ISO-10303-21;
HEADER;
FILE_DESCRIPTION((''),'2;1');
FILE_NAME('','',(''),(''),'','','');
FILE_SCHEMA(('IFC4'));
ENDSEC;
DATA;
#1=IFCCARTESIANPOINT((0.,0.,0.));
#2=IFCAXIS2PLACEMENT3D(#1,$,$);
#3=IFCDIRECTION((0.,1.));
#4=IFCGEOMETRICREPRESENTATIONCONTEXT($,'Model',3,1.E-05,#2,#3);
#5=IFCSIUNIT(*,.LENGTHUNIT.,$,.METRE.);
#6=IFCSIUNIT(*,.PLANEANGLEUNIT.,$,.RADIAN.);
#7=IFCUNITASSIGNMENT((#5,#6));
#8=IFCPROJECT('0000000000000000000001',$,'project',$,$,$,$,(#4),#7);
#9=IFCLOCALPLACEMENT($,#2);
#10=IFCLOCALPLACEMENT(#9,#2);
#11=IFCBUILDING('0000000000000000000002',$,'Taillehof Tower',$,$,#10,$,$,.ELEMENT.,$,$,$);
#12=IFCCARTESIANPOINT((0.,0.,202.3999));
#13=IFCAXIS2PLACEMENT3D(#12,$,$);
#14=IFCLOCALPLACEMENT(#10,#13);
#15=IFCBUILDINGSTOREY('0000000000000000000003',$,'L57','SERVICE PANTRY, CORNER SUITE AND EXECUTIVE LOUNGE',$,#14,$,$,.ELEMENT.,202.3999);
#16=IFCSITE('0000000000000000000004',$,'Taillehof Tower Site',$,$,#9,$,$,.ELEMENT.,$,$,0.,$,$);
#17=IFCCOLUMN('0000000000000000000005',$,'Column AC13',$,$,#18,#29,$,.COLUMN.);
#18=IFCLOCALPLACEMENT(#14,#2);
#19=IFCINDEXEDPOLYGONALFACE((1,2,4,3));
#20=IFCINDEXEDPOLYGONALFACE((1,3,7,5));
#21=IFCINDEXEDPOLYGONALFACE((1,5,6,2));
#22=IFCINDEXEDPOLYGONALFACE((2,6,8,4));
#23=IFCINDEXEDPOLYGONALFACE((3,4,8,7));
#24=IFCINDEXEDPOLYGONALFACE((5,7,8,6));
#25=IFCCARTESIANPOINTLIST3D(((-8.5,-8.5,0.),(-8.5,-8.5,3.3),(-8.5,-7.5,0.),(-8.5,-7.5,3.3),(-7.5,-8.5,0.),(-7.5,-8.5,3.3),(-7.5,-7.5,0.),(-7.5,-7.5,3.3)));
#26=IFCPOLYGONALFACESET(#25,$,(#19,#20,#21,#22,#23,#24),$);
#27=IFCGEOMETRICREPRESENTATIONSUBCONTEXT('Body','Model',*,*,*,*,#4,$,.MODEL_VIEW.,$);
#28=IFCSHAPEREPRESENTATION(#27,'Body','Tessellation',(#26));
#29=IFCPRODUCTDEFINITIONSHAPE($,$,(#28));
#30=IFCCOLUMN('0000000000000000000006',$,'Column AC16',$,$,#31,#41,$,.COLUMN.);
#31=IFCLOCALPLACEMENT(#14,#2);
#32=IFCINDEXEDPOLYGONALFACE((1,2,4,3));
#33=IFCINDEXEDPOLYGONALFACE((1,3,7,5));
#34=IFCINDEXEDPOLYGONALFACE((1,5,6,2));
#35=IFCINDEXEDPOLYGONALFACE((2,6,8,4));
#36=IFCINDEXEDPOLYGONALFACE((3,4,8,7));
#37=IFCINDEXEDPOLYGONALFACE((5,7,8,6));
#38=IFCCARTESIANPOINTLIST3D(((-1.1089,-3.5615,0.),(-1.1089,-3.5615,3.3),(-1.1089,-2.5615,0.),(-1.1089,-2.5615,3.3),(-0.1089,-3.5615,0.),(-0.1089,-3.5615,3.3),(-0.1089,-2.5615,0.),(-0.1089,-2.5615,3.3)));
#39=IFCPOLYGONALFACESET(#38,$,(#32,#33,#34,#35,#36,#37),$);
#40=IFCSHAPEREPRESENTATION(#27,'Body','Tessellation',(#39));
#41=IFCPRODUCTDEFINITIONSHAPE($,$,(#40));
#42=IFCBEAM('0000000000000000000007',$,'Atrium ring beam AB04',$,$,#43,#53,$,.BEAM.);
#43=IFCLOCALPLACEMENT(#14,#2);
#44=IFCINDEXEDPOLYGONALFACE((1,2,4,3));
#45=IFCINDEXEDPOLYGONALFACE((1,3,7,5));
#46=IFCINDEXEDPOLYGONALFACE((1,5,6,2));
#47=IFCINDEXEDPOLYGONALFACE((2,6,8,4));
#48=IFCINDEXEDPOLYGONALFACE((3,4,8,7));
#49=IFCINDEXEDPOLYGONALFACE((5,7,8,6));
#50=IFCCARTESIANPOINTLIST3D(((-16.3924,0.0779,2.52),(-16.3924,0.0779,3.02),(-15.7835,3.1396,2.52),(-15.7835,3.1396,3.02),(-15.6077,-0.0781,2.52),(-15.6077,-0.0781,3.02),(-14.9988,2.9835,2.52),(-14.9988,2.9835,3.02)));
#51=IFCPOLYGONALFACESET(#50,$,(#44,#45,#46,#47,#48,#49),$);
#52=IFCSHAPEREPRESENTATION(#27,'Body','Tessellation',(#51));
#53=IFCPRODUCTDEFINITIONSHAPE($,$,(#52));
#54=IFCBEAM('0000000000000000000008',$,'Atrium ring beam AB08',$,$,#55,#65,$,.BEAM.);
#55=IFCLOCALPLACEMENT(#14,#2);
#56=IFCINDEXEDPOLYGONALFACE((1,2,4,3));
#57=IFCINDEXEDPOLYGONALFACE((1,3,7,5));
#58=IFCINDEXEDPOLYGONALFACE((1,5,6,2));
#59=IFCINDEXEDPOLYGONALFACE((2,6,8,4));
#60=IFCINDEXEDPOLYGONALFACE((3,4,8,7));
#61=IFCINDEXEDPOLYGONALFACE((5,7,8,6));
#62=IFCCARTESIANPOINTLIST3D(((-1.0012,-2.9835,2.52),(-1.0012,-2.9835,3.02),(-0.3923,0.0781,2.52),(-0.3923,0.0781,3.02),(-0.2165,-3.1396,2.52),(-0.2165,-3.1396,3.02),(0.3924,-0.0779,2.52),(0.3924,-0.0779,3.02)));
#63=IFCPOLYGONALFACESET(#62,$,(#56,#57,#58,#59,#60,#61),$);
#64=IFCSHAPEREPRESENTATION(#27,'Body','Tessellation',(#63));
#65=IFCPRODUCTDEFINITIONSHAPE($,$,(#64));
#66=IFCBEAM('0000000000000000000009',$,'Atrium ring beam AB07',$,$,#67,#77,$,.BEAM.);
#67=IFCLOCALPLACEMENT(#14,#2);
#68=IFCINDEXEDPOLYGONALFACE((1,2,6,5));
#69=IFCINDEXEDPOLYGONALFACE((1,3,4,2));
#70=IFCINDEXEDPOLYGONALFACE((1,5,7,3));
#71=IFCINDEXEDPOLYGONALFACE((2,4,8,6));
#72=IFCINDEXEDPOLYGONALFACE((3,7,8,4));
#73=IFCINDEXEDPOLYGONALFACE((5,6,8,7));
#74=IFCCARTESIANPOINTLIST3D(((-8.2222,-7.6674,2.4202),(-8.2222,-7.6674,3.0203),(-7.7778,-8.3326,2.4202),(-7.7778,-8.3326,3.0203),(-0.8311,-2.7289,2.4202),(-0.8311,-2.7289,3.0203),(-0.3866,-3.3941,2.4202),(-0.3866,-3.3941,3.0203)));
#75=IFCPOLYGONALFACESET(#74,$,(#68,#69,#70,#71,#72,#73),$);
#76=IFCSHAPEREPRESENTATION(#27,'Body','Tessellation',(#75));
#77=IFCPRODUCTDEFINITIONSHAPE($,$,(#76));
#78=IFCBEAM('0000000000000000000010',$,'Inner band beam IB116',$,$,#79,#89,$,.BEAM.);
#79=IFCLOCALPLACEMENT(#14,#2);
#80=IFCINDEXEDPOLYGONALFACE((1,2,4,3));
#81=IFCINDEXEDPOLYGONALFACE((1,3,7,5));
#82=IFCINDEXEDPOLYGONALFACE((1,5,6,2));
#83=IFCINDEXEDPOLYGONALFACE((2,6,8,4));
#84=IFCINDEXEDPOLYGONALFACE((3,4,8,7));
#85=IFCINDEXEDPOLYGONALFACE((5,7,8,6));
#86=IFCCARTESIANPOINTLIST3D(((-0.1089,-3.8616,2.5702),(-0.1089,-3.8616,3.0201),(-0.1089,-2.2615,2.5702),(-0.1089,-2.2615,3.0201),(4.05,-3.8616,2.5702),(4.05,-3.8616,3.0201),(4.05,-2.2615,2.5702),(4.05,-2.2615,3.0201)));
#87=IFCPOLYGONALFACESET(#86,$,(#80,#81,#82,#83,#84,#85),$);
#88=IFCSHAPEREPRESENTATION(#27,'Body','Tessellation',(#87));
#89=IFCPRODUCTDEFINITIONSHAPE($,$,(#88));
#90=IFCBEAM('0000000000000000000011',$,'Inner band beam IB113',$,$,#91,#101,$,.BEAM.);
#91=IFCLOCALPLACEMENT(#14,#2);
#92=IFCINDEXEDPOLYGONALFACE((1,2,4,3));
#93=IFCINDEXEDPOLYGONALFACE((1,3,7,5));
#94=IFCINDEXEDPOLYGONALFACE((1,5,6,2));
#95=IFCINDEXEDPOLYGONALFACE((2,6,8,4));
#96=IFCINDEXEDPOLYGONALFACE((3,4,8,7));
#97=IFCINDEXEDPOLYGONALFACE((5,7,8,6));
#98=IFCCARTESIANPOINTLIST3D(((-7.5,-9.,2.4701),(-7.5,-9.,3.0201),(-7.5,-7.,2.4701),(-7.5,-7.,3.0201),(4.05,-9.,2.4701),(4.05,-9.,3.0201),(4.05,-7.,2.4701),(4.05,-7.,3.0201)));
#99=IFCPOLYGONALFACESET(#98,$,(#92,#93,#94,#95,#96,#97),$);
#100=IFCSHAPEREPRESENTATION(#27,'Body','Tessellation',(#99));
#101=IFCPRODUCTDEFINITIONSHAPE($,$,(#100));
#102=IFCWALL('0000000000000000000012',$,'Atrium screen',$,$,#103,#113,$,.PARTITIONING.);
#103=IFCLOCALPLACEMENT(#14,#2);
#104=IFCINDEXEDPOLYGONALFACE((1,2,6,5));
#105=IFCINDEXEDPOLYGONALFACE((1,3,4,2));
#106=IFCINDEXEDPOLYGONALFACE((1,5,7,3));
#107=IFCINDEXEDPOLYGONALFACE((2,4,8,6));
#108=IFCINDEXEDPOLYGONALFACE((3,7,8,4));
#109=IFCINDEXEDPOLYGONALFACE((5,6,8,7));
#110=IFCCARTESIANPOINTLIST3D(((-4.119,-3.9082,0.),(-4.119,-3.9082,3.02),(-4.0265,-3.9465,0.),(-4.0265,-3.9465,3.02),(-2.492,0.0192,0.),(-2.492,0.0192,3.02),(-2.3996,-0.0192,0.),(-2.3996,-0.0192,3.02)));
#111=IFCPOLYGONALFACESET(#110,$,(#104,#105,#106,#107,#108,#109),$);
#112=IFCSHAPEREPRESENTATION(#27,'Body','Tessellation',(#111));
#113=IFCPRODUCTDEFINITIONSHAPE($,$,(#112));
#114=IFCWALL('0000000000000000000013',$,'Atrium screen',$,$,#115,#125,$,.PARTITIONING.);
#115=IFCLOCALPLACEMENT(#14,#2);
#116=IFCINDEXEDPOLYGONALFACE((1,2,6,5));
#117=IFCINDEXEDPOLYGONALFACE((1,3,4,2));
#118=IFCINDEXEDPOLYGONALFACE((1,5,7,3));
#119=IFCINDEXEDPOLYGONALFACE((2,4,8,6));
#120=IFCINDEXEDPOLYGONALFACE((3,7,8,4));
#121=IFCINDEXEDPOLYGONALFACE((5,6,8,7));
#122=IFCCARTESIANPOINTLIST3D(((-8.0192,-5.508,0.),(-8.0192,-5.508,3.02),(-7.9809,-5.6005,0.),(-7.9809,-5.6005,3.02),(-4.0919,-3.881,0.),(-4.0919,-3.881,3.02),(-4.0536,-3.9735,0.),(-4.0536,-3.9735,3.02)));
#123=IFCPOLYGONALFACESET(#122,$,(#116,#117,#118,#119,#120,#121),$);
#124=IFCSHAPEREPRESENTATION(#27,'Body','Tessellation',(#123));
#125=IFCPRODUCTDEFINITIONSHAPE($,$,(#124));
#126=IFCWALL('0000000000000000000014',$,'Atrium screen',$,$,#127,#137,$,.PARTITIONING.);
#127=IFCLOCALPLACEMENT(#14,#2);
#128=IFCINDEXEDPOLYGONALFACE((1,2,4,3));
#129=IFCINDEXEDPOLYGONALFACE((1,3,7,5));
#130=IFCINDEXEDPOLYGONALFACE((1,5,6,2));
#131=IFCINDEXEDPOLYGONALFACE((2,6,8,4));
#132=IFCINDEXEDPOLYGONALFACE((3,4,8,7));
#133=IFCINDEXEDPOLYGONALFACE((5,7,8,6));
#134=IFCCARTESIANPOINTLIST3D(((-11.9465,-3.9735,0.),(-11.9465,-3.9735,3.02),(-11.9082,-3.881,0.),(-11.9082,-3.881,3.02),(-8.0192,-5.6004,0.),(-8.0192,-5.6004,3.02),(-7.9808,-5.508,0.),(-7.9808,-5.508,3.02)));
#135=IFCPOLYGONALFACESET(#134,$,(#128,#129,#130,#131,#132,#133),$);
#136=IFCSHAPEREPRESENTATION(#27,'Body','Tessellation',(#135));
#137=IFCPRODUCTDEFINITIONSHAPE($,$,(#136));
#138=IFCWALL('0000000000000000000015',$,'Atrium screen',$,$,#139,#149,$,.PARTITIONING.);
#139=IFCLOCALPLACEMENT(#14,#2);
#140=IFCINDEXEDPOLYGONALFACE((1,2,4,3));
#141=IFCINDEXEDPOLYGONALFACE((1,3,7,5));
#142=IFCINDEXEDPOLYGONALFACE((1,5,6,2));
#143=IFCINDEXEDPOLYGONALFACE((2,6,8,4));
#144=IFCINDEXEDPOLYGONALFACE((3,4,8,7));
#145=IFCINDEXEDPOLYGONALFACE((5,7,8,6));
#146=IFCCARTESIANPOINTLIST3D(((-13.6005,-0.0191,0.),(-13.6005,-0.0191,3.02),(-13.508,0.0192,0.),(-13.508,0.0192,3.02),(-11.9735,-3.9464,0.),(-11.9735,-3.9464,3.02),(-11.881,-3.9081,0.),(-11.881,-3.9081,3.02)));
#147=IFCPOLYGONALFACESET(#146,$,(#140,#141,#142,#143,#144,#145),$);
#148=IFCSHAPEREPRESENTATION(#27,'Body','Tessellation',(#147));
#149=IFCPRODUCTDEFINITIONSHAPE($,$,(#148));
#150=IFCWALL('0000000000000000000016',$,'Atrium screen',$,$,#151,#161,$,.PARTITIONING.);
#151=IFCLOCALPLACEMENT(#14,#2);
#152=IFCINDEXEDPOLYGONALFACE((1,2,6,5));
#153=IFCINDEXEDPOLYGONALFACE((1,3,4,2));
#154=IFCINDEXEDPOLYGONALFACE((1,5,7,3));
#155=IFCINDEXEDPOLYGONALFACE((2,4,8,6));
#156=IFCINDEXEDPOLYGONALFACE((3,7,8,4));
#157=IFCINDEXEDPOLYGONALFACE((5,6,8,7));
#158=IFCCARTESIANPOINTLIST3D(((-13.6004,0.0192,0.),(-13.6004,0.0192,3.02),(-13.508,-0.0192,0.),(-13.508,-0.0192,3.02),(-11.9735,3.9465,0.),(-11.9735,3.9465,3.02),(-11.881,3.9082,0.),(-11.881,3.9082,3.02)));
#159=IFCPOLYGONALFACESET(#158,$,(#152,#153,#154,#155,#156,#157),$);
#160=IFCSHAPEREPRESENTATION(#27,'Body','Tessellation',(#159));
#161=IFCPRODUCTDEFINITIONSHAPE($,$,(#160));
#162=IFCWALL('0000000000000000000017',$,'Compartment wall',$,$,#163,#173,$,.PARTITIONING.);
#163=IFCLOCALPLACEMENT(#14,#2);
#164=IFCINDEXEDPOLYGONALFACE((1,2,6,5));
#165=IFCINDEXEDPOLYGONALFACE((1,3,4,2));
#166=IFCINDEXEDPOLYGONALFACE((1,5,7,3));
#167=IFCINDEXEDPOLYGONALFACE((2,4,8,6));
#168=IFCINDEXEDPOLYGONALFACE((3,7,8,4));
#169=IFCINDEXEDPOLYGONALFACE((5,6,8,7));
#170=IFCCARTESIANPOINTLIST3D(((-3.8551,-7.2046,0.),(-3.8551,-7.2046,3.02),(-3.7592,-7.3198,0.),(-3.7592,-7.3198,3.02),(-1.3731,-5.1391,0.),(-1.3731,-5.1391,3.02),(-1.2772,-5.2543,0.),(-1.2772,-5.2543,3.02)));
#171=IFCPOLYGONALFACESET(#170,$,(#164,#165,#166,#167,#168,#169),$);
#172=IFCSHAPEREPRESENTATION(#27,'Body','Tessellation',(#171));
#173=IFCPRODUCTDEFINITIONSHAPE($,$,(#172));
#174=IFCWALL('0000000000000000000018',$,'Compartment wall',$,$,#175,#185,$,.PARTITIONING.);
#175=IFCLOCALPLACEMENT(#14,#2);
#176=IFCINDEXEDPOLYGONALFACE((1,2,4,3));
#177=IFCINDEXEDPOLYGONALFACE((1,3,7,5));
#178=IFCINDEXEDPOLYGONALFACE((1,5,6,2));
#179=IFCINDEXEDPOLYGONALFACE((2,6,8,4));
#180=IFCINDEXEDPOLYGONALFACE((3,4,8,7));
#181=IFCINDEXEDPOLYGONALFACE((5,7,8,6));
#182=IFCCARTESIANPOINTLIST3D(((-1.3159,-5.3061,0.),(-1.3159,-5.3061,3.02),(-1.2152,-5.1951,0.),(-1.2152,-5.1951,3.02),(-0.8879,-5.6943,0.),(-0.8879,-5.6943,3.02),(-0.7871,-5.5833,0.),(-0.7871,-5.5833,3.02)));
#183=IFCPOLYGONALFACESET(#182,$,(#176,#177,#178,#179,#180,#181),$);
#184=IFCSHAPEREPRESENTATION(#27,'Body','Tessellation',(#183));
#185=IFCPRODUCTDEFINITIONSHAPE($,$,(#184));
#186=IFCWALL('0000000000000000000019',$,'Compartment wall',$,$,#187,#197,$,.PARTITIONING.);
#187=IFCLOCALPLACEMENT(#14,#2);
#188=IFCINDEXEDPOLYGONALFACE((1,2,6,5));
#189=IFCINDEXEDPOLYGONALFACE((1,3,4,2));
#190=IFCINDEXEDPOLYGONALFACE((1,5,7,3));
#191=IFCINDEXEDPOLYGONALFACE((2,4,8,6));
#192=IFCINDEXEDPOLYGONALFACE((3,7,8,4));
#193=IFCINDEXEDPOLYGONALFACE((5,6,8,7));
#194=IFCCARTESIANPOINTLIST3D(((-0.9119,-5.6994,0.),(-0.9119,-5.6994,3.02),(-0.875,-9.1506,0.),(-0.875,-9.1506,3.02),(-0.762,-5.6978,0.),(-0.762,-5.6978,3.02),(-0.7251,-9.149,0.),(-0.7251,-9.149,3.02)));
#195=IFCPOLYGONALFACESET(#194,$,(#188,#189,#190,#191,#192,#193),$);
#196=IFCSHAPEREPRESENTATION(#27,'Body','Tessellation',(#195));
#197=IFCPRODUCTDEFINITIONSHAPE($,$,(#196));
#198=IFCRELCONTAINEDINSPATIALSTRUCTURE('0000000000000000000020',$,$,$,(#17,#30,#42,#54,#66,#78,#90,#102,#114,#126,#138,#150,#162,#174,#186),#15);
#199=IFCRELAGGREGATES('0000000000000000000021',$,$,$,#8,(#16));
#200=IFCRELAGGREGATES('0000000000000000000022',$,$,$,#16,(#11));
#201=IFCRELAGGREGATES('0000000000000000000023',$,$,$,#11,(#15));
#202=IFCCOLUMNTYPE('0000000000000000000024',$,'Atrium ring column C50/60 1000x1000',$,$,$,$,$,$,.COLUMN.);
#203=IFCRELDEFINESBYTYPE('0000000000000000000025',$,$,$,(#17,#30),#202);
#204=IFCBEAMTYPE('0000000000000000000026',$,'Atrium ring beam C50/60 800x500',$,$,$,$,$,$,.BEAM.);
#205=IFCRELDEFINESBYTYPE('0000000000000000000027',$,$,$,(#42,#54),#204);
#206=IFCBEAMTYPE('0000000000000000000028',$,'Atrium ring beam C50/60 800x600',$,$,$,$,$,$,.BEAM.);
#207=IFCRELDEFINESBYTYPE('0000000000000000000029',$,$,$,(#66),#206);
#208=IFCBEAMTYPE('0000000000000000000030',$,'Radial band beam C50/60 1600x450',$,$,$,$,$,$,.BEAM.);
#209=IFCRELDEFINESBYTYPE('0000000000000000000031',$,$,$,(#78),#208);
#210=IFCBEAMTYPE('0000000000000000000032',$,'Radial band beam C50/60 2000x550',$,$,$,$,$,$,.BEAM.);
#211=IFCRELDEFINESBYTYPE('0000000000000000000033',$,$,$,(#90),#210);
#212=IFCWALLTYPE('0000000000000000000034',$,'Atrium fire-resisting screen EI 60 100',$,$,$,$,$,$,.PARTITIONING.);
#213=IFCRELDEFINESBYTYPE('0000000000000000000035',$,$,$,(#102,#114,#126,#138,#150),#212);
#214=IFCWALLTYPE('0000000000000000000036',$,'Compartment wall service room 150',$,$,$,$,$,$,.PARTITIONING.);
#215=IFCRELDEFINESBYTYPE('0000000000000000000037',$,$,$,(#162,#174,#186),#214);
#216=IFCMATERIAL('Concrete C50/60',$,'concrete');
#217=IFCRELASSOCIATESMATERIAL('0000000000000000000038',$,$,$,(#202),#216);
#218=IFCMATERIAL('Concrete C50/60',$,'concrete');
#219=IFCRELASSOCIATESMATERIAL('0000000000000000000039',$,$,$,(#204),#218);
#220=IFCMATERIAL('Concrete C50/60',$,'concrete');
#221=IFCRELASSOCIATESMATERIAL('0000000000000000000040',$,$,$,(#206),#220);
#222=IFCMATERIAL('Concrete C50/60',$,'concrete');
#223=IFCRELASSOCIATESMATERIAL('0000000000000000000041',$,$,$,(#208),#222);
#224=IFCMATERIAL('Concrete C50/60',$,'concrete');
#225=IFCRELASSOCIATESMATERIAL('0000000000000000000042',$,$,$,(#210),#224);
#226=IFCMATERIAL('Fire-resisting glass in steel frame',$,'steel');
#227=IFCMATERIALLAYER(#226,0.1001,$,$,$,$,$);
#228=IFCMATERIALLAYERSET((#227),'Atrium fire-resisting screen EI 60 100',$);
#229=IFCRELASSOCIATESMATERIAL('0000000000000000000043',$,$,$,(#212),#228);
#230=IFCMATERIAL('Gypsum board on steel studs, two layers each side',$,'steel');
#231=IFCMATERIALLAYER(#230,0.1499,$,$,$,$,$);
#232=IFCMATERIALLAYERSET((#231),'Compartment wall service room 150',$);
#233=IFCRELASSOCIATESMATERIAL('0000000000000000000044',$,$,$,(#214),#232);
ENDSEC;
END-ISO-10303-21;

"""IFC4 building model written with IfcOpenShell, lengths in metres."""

from ifc_helpers import new_model, si_unit, direction, frame, frame_2d, origin, origin_2d, place, context, subcontext, project, spatial, rectangle, extrude, material, layer, layer_set, material_profile, profile_set, type_object, element, save


model = new_model("IFC4")

# Units and contexts
model_context = context("Model", 3, precision=1e-05, world=origin(), true_north=direction((0.0, 1.0)))
body_context = subcontext(model_context, "Body", "Model", "MODEL_VIEW")
ifc_project = project(units=[si_unit("LENGTHUNIT", "METRE"), si_unit("PLANEANGLEUNIT", "RADIAN")], contexts=[model_context])

# Site, building, storey
site_placement = place(None, origin())
site = spatial("IfcSite", under=ifc_project, at=site_placement, Name="Taillehof Tower Site", CompositionType="ELEMENT", RefElevation=0.0)
building_placement = place(site_placement, origin())
building = spatial("IfcBuilding", under=site, at=building_placement, Name="Taillehof Tower", CompositionType="ELEMENT")
storey_placement = place(building_placement, frame((0.0, 0.0, 202.3999)))
storey = spatial("IfcBuildingStorey", under=building, at=storey_placement, Name="L57", Description="SERVICE PANTRY, CORNER SUITE AND EXECUTIVE LOUNGE", CompositionType="ELEMENT", Elevation=202.3999)

# Columns
ifc_material_1 = material(Name="Concrete C50/60", Category="concrete")
ifc_material_profile_1 = material_profile(ifc_material_1, rectangle(XDim=1.0, YDim=1.0, at=origin_2d()), Name="RC 1000x1000")
ifc_profile_set_1 = profile_set([ifc_material_profile_1], Name="Concrete C50/60")
column_type = type_object("IfcColumnType", Name="Atrium ring column C50/60 1000x1000", PredefinedType="COLUMN", material=ifc_profile_set_1)
for number, where, z_axis, x_axis, name in (
    (1, (-8.0, -8.0, 0.0), (0.0, 0.0, 1.0), (1.0, 0.0, 0.0), "Column AC13"),
    (2, (-0.6089, -3.0615, 0.0), (0.0, 0.0, 1.0), (1.0, 0.0, 0.0), "Column AC16"),
):
    element("IfcColumn", number, at=place(storey_placement, frame(where, z_axis=z_axis, x_axis=x_axis)), inside=storey, type_object=column_type, Name=name, PredefinedType="COLUMN", context=body_context, shape_type="SweptSolid", body=[
        extrude(rectangle(XDim=1.0, YDim=1.0, at=origin_2d()), origin(), (0.0, 0.0, 1.0), 3.3),
    ])

# Beams
ifc_material_2 = material(Name="Concrete C50/60", Category="concrete")
ifc_material_profile_2 = material_profile(ifc_material_2, rectangle(XDim=0.8, YDim=0.5, at=origin_2d()), Name="RC 800x500")
ifc_profile_set_2 = profile_set([ifc_material_profile_2], Name="Concrete C50/60")
beam_type_1 = type_object("IfcBeamType", Name="Atrium ring beam C50/60 800x500", PredefinedType="BEAM", material=ifc_profile_set_2)
for number, where, z_axis, x_axis, name in (
    (3, (-15.3911, 3.0615, 2.77), (-0.195063, -0.980791, 0.0), (0.980791, -0.195063, 0.0), "Atrium ring beam AB04"),
    (4, (-0.6089, -3.0615, 2.77), (0.195063, 0.980791, 0.0), (-0.980791, 0.195063, 0.0), "Atrium ring beam AB08"),
):
    element("IfcBeam", number, at=place(storey_placement, frame(where, z_axis=z_axis, x_axis=x_axis)), inside=storey, type_object=beam_type_1, Name=name, PredefinedType="BEAM", context=body_context, shape_type="SweptSolid", body=[
        extrude(rectangle(XDim=0.8, YDim=0.5, at=origin_2d()), origin(), (0.0, 0.0, 1.0), 3.1216),
    ])
ifc_material_3 = material(Name="Concrete C50/60", Category="concrete")
ifc_material_profile_3 = material_profile(ifc_material_3, rectangle(XDim=0.8, YDim=0.6001, at=origin_2d()), Name="RC 800x600")
ifc_profile_set_3 = profile_set([ifc_material_profile_3], Name="Concrete C50/60")
beam_type_2 = type_object("IfcBeamType", Name="Atrium ring beam C50/60 800x600", PredefinedType="BEAM", material=ifc_profile_set_3)
beam_1_placement = place(storey_placement, frame((-8.0, -8.0, 2.7202), z_axis=(0.831475, 0.555562, 0.0), x_axis=(-0.555562, 0.831475, 0.0)))
element("IfcBeam", 5, at=beam_1_placement, inside=storey, type_object=beam_type_2, Name="Atrium ring beam AB07", PredefinedType="BEAM", context=body_context, shape_type="SweptSolid", body=[
    extrude(rectangle(XDim=0.8, YDim=0.6001, at=origin_2d()), origin(), (0.0, 0.0, 1.0), 8.8892),
])
ifc_material_4 = material(Name="Concrete C50/60", Category="concrete")
ifc_material_profile_4 = material_profile(ifc_material_4, rectangle(XDim=1.6001, YDim=0.45, at=origin_2d()), Name="RC 1600x450")
ifc_profile_set_4 = profile_set([ifc_material_profile_4], Name="Concrete C50/60")
beam_type_3 = type_object("IfcBeamType", Name="Radial band beam C50/60 1600x450", PredefinedType="BEAM", material=ifc_profile_set_4)
beam_2_placement = place(storey_placement, frame((-0.1089, -3.0615, 2.7952), z_axis=(1.0, 0.0, 0.0), x_axis=(0.0, 1.0, 0.0)))
element("IfcBeam", 6, at=beam_2_placement, inside=storey, type_object=beam_type_3, Name="Inner band beam IB116", PredefinedType="BEAM", context=body_context, shape_type="SweptSolid", body=[
    extrude(rectangle(XDim=1.6001, YDim=0.45, at=origin_2d()), origin(), (0.0, 0.0, 1.0), 4.1589),
])
ifc_material_5 = material(Name="Concrete C50/60", Category="concrete")
ifc_material_profile_5 = material_profile(ifc_material_5, rectangle(XDim=2.0, YDim=0.55, at=origin_2d()), Name="RC 2000x550")
ifc_profile_set_5 = profile_set([ifc_material_profile_5], Name="Concrete C50/60")
beam_type_4 = type_object("IfcBeamType", Name="Radial band beam C50/60 2000x550", PredefinedType="BEAM", material=ifc_profile_set_5)
beam_3_placement = place(storey_placement, frame((-7.5, -8.0, 2.7451), z_axis=(1.0, 0.0, 0.0), x_axis=(0.0, 1.0, 0.0)))
element("IfcBeam", 7, at=beam_3_placement, inside=storey, type_object=beam_type_4, Name="Inner band beam IB113", PredefinedType="BEAM", context=body_context, shape_type="SweptSolid", body=[
    extrude(rectangle(XDim=2.0, YDim=0.55, at=origin_2d()), origin(), (0.0, 0.0, 1.0), 11.55),
])

# Walls
ifc_material_6 = material(Name="Fire-resisting glass in steel frame", Category="steel")
ifc_layer_1 = layer(ifc_material_6, 0.1001)
ifc_layer_set_1 = layer_set([ifc_layer_1], Name="Atrium fire-resisting screen EI 60 100")
wall_type_1 = type_object("IfcWallType", Name="Atrium fire-resisting screen EI 60 100", PredefinedType="PARTITIONING", material=ifc_layer_set_1)
for number, where, z_axis, x_axis, name in (
    (8, (-2.4458, 0.0, 0.0), (0.0, 0.0, 1.0), (-0.382731, -0.92386, 0.0), "Atrium screen"),
    (9, (-4.0728, -3.9272, 0.0), (0.0, 0.0, 1.0), (-0.92386, -0.382731, 0.0), "Atrium screen"),
    (10, (-8.0, -5.5542, 0.0), (0.0, 0.0, 1.0), (-0.92386, 0.382731, 0.0), "Atrium screen"),
    (11, (-11.9272, -3.9272, 0.0), (0.0, 0.0, 1.0), (-0.382731, 0.92386, 0.0), "Atrium screen"),
    (12, (-13.5542, 0.0, 0.0), (0.0, 0.0, 1.0), (0.382731, 0.92386, 0.0), "Atrium screen"),
):
    element("IfcWall", number, at=place(storey_placement, frame(where, z_axis=z_axis, x_axis=x_axis)), inside=storey, type_object=wall_type_1, Name=name, PredefinedType="PARTITIONING", context=body_context, shape_type="SweptSolid", body=[
        extrude(rectangle(XDim=4.251, YDim=0.1001, at=frame_2d((2.1255, 0.0))), origin(), (0.0, 0.0, 1.0), 3.02),
    ])
ifc_material_7 = material(Name="Gypsum board on steel studs, two layers each side", Category="steel")
ifc_layer_2 = layer(ifc_material_7, 0.1499)
ifc_layer_set_2 = layer_set([ifc_layer_2], Name="Compartment wall service room 150")
wall_type_2 = type_object("IfcWallType", Name="Compartment wall service room 150", PredefinedType="PARTITIONING", material=ifc_layer_set_2)
wall_1_placement = place(storey_placement, frame((-3.8071, -7.2622, 0.0), z_axis=(0.0, 0.0, 1.0), x_axis=(0.768655, 0.639664, 0.0)))
element("IfcWall", 13, at=wall_1_placement, inside=storey, type_object=wall_type_2, Name="Compartment wall", PredefinedType="PARTITIONING", context=body_context, shape_type="SweptSolid", body=[
    extrude(rectangle(XDim=3.229, YDim=0.1499, at=frame_2d((1.6145, 0.0))), origin(), (0.0, 0.0, 1.0), 3.02),
])
wall_2_placement = place(storey_placement, frame((-1.2656, -5.2505, 0.0), z_axis=(0.0, 0.0, 1.0), x_axis=(0.740704, -0.671831, 0.0)))
element("IfcWall", 14, at=wall_2_placement, inside=storey, type_object=wall_type_2, Name="Compartment wall", PredefinedType="PARTITIONING", context=body_context, shape_type="SweptSolid", body=[
    extrude(rectangle(XDim=0.5779, YDim=0.1499, at=frame_2d((0.2891, 0.0))), origin(), (0.0, 0.0, 1.0), 3.02),
])
wall_3_placement = place(storey_placement, frame((-0.8369, -5.6987, 0.0), z_axis=(0.0, 0.0, 1.0), x_axis=(0.010681, -0.999943, 0.0)))
element("IfcWall", 15, at=wall_3_placement, inside=storey, type_object=wall_type_2, Name="Compartment wall", PredefinedType="PARTITIONING", context=body_context, shape_type="SweptSolid", body=[
    extrude(rectangle(XDim=3.4514, YDim=0.1499, at=frame_2d((1.7256, 0.0))), origin(), (0.0, 0.0, 1.0), 3.02),
])

save(model, "model.ifc")
